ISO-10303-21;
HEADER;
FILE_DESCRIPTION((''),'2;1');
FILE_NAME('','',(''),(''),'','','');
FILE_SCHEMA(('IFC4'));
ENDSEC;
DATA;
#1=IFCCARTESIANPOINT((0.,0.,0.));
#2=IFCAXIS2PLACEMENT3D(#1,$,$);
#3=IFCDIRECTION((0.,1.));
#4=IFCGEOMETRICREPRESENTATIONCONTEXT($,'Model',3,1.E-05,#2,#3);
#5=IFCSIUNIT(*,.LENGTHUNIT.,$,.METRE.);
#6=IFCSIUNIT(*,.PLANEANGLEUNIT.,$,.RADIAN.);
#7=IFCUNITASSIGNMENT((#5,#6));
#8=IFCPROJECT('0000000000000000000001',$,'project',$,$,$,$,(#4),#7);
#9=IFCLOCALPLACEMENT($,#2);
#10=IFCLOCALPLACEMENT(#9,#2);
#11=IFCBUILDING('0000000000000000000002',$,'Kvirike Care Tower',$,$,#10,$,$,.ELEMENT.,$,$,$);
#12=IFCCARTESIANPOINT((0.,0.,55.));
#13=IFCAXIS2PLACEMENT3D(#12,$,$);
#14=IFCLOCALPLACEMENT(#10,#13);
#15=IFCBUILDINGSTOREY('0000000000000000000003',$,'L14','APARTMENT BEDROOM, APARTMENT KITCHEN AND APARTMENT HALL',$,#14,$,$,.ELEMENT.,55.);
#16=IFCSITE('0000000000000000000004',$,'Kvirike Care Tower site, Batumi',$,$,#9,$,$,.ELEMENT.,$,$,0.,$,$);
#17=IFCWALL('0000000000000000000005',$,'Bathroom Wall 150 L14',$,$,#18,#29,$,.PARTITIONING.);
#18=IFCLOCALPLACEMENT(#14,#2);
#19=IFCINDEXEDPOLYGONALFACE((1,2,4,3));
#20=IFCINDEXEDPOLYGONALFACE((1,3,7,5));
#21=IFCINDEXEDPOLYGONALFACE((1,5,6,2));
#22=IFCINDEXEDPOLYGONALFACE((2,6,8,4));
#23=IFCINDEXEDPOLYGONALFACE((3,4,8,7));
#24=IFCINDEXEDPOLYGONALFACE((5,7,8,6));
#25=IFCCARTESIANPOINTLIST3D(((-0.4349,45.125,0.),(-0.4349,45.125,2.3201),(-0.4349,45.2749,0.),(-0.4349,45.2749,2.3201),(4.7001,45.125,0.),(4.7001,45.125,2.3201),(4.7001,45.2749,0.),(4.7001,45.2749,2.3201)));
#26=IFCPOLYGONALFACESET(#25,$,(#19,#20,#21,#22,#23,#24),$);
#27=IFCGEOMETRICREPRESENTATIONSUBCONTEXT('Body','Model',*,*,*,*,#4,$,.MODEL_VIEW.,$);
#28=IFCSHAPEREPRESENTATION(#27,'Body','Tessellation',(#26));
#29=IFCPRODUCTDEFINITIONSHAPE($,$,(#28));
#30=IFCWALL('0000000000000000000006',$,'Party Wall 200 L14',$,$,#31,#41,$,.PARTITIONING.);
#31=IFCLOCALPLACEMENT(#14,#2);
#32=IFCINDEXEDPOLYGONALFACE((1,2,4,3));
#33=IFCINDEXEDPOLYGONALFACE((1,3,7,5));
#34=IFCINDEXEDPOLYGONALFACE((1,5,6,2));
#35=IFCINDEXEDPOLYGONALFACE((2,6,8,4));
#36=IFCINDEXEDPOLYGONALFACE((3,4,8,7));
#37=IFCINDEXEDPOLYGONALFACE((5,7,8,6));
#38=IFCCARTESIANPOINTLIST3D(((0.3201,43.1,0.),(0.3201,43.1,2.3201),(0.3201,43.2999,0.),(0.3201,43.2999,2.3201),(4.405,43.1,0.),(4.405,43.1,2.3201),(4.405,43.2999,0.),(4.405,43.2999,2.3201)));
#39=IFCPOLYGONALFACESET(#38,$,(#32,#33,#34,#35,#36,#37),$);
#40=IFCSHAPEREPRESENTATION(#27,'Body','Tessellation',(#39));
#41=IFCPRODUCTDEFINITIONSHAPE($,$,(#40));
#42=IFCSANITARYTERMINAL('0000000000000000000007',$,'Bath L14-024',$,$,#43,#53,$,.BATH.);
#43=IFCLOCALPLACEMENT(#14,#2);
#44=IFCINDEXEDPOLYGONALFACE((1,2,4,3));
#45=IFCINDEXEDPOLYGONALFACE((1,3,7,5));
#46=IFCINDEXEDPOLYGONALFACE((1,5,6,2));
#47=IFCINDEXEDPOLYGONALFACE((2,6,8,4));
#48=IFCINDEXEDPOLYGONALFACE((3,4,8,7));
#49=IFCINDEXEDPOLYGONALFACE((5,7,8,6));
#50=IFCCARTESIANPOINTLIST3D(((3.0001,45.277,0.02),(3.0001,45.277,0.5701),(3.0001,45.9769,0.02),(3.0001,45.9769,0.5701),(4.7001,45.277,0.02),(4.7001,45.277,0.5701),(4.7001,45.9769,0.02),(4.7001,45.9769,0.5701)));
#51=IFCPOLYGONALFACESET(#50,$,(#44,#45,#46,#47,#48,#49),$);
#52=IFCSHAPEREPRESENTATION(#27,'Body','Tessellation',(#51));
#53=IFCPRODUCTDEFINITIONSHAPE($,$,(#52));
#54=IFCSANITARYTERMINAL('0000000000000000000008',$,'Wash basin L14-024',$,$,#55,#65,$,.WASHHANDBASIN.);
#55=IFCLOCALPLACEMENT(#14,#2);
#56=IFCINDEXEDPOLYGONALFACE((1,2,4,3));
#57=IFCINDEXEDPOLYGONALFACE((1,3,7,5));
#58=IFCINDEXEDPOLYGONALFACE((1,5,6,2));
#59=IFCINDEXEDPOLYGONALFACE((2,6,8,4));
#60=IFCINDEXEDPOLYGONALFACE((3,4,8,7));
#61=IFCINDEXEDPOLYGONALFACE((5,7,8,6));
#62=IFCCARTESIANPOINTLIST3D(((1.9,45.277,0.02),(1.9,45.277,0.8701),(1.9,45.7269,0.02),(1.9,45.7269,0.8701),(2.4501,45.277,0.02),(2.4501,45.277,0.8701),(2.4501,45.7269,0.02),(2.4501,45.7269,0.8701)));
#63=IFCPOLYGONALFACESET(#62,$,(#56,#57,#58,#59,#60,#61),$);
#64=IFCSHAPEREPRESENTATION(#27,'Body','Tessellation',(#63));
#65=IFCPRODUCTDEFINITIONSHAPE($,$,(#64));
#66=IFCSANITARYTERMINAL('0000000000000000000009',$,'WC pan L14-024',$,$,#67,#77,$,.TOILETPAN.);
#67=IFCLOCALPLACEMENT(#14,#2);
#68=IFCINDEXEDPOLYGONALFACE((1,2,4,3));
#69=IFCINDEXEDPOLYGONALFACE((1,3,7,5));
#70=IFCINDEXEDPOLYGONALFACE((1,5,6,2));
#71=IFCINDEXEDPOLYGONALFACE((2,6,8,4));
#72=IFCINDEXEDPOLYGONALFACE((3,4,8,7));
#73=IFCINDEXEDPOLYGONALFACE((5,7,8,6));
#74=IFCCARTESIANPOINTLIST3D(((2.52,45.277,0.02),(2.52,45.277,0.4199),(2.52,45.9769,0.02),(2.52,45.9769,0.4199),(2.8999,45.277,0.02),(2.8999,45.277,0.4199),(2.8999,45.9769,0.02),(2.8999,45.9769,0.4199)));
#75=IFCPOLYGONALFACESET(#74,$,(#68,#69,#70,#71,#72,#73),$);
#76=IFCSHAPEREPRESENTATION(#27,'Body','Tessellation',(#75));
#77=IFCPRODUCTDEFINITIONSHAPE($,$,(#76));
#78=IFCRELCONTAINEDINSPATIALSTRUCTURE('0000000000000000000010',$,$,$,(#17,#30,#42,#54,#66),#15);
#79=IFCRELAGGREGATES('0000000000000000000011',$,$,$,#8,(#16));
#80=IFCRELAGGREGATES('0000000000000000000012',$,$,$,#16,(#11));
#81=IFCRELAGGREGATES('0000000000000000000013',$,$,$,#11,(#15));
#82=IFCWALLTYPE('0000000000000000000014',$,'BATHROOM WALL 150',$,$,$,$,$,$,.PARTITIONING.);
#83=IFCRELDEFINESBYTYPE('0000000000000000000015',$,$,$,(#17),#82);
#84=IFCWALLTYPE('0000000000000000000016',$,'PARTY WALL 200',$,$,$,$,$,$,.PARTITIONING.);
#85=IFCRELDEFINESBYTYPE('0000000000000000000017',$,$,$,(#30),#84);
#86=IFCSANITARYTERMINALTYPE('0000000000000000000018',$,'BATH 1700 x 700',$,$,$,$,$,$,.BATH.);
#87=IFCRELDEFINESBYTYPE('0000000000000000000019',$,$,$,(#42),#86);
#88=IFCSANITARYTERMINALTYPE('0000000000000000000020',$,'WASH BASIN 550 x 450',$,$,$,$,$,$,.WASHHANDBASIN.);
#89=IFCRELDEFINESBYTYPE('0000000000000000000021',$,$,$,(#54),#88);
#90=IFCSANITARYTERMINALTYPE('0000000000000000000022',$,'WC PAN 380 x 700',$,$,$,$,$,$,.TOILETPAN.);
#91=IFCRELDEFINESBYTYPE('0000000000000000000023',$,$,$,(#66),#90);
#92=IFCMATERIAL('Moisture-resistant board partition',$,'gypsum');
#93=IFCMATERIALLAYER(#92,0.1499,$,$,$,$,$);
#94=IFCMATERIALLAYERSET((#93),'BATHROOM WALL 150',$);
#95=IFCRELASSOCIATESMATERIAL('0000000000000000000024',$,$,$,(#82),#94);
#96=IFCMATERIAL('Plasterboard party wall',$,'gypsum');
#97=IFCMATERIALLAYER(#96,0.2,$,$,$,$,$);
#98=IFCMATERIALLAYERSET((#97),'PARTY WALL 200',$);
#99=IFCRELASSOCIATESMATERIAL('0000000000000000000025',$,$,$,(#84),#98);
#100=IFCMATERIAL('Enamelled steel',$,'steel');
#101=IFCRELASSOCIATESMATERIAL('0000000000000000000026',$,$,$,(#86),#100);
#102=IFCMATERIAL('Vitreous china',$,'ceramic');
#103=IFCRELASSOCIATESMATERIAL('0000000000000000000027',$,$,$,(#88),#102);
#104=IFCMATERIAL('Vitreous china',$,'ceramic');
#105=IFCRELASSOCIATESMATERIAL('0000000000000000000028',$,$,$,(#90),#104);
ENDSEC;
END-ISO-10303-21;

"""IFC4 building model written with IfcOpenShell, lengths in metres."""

from ifc_helpers import new_model, si_unit, direction, frame, frame_2d, origin, origin_2d, place, context, subcontext, project, spatial, rectangle, extrude, material, layer, layer_set, type_object, element, save


model = new_model("IFC4")

# Units and contexts
model_context = context("Model", 3, precision=1e-05, world=origin(), true_north=direction((0.0, 1.0)))
body_context = subcontext(model_context, "Body", "Model", "MODEL_VIEW")
ifc_project = project(units=[si_unit("LENGTHUNIT", "METRE"), si_unit("PLANEANGLEUNIT", "RADIAN")], contexts=[model_context])

# Site, building, storey
site_placement = place(None, origin())
site = spatial("IfcSite", under=ifc_project, at=site_placement, Name="Kvirike Care Tower site, Batumi", CompositionType="ELEMENT", RefElevation=0.0)
building_placement = place(site_placement, origin())
building = spatial("IfcBuilding", under=site, at=building_placement, Name="Kvirike Care Tower", CompositionType="ELEMENT")
storey_placement = place(building_placement, frame((0.0, 0.0, 55.0)))
storey = spatial("IfcBuildingStorey", under=building, at=storey_placement, Name="L14", Description="APARTMENT BEDROOM, APARTMENT KITCHEN AND APARTMENT HALL", CompositionType="ELEMENT", Elevation=55.0)

# Walls
ifc_material_1 = material(Name="Moisture-resistant board partition", Category="gypsum")
ifc_layer_1 = layer(ifc_material_1, 0.1499)
ifc_layer_set_1 = layer_set([ifc_layer_1], Name="BATHROOM WALL 150")
wall_type_1 = type_object("IfcWallType", Name="BATHROOM WALL 150", PredefinedType="PARTITIONING", material=ifc_layer_set_1)
wall_1_placement = place(storey_placement, frame((4.7, 45.2, 0.0), z_axis=(0.0, 0.0, 1.0), x_axis=(-1.0, 0.0, 0.0)))
element("IfcWall", 1, at=wall_1_placement, inside=storey, type_object=wall_type_1, Name="Bathroom Wall 150 L14", PredefinedType="PARTITIONING", context=body_context, shape_type="SweptSolid", body=[
    extrude(rectangle(XDim=5.135, YDim=0.1499, at=frame_2d((2.5674, 0.0))), origin(), (0.0, 0.0, 1.0), 2.3201),
])
ifc_material_2 = material(Name="Plasterboard party wall", Category="gypsum")
ifc_layer_2 = layer(ifc_material_2, 0.2)
ifc_layer_set_2 = layer_set([ifc_layer_2], Name="PARTY WALL 200")
wall_type_2 = type_object("IfcWallType", Name="PARTY WALL 200", PredefinedType="PARTITIONING", material=ifc_layer_set_2)
wall_2_placement = place(storey_placement, frame((4.405, 43.2, 0.0), z_axis=(0.0, 0.0, 1.0), x_axis=(-1.0, 0.0, 0.0)))
element("IfcWall", 2, at=wall_2_placement, inside=storey, type_object=wall_type_2, Name="Party Wall 200 L14", PredefinedType="PARTITIONING", context=body_context, shape_type="SweptSolid", body=[
    extrude(rectangle(XDim=4.085, YDim=0.2, at=frame_2d((2.0425, 0.0))), origin(), (0.0, 0.0, 1.0), 2.3201),
])

# Sanitary terminals
ifc_material_3 = material(Name="Enamelled steel", Category="steel")
sanitary_terminal_type_1 = type_object("IfcSanitaryTerminalType", Name="BATH 1700 x 700", PredefinedType="BATH", material=ifc_material_3)
sanitary_terminal_1_placement = place(storey_placement, frame((3.8501, 45.627, 0.02), z_axis=(0.0, 0.0, 1.0), x_axis=(-1.0, 0.0, 0.0)))
element("IfcSanitaryTerminal", 3, at=sanitary_terminal_1_placement, inside=storey, type_object=sanitary_terminal_type_1, Name="Bath L14-024", PredefinedType="BATH", context=body_context, shape_type="SweptSolid", body=[
    extrude(rectangle(XDim=1.7, YDim=0.7, at=origin_2d()), origin(), (0.0, 0.0, 1.0), 0.55),
])
ifc_material_4 = material(Name="Vitreous china", Category="ceramic")
sanitary_terminal_type_2 = type_object("IfcSanitaryTerminalType", Name="WASH BASIN 550 x 450", PredefinedType="WASHHANDBASIN", material=ifc_material_4)
sanitary_terminal_2_placement = place(storey_placement, frame((2.175, 45.502, 0.02), z_axis=(0.0, 0.0, 1.0), x_axis=(-1.0, 0.0, 0.0)))
element("IfcSanitaryTerminal", 4, at=sanitary_terminal_2_placement, inside=storey, type_object=sanitary_terminal_type_2, Name="Wash basin L14-024", PredefinedType="WASHHANDBASIN", context=body_context, shape_type="SweptSolid", body=[
    extrude(rectangle(XDim=0.55, YDim=0.45, at=origin_2d()), origin(), (0.0, 0.0, 1.0), 0.8501),
])
ifc_material_5 = material(Name="Vitreous china", Category="ceramic")
sanitary_terminal_type_3 = type_object("IfcSanitaryTerminalType", Name="WC PAN 380 x 700", PredefinedType="TOILETPAN", material=ifc_material_5)
sanitary_terminal_3_placement = place(storey_placement, frame((2.71, 45.627, 0.02), z_axis=(0.0, 0.0, 1.0), x_axis=(-1.0, 0.0, 0.0)))
element("IfcSanitaryTerminal", 5, at=sanitary_terminal_3_placement, inside=storey, type_object=sanitary_terminal_type_3, Name="WC pan L14-024", PredefinedType="TOILETPAN", context=body_context, shape_type="SweptSolid", body=[
    extrude(rectangle(XDim=0.3799, YDim=0.7, at=origin_2d()), origin(), (0.0, 0.0, 1.0), 0.3999),
])

save(model, "model.ifc")
